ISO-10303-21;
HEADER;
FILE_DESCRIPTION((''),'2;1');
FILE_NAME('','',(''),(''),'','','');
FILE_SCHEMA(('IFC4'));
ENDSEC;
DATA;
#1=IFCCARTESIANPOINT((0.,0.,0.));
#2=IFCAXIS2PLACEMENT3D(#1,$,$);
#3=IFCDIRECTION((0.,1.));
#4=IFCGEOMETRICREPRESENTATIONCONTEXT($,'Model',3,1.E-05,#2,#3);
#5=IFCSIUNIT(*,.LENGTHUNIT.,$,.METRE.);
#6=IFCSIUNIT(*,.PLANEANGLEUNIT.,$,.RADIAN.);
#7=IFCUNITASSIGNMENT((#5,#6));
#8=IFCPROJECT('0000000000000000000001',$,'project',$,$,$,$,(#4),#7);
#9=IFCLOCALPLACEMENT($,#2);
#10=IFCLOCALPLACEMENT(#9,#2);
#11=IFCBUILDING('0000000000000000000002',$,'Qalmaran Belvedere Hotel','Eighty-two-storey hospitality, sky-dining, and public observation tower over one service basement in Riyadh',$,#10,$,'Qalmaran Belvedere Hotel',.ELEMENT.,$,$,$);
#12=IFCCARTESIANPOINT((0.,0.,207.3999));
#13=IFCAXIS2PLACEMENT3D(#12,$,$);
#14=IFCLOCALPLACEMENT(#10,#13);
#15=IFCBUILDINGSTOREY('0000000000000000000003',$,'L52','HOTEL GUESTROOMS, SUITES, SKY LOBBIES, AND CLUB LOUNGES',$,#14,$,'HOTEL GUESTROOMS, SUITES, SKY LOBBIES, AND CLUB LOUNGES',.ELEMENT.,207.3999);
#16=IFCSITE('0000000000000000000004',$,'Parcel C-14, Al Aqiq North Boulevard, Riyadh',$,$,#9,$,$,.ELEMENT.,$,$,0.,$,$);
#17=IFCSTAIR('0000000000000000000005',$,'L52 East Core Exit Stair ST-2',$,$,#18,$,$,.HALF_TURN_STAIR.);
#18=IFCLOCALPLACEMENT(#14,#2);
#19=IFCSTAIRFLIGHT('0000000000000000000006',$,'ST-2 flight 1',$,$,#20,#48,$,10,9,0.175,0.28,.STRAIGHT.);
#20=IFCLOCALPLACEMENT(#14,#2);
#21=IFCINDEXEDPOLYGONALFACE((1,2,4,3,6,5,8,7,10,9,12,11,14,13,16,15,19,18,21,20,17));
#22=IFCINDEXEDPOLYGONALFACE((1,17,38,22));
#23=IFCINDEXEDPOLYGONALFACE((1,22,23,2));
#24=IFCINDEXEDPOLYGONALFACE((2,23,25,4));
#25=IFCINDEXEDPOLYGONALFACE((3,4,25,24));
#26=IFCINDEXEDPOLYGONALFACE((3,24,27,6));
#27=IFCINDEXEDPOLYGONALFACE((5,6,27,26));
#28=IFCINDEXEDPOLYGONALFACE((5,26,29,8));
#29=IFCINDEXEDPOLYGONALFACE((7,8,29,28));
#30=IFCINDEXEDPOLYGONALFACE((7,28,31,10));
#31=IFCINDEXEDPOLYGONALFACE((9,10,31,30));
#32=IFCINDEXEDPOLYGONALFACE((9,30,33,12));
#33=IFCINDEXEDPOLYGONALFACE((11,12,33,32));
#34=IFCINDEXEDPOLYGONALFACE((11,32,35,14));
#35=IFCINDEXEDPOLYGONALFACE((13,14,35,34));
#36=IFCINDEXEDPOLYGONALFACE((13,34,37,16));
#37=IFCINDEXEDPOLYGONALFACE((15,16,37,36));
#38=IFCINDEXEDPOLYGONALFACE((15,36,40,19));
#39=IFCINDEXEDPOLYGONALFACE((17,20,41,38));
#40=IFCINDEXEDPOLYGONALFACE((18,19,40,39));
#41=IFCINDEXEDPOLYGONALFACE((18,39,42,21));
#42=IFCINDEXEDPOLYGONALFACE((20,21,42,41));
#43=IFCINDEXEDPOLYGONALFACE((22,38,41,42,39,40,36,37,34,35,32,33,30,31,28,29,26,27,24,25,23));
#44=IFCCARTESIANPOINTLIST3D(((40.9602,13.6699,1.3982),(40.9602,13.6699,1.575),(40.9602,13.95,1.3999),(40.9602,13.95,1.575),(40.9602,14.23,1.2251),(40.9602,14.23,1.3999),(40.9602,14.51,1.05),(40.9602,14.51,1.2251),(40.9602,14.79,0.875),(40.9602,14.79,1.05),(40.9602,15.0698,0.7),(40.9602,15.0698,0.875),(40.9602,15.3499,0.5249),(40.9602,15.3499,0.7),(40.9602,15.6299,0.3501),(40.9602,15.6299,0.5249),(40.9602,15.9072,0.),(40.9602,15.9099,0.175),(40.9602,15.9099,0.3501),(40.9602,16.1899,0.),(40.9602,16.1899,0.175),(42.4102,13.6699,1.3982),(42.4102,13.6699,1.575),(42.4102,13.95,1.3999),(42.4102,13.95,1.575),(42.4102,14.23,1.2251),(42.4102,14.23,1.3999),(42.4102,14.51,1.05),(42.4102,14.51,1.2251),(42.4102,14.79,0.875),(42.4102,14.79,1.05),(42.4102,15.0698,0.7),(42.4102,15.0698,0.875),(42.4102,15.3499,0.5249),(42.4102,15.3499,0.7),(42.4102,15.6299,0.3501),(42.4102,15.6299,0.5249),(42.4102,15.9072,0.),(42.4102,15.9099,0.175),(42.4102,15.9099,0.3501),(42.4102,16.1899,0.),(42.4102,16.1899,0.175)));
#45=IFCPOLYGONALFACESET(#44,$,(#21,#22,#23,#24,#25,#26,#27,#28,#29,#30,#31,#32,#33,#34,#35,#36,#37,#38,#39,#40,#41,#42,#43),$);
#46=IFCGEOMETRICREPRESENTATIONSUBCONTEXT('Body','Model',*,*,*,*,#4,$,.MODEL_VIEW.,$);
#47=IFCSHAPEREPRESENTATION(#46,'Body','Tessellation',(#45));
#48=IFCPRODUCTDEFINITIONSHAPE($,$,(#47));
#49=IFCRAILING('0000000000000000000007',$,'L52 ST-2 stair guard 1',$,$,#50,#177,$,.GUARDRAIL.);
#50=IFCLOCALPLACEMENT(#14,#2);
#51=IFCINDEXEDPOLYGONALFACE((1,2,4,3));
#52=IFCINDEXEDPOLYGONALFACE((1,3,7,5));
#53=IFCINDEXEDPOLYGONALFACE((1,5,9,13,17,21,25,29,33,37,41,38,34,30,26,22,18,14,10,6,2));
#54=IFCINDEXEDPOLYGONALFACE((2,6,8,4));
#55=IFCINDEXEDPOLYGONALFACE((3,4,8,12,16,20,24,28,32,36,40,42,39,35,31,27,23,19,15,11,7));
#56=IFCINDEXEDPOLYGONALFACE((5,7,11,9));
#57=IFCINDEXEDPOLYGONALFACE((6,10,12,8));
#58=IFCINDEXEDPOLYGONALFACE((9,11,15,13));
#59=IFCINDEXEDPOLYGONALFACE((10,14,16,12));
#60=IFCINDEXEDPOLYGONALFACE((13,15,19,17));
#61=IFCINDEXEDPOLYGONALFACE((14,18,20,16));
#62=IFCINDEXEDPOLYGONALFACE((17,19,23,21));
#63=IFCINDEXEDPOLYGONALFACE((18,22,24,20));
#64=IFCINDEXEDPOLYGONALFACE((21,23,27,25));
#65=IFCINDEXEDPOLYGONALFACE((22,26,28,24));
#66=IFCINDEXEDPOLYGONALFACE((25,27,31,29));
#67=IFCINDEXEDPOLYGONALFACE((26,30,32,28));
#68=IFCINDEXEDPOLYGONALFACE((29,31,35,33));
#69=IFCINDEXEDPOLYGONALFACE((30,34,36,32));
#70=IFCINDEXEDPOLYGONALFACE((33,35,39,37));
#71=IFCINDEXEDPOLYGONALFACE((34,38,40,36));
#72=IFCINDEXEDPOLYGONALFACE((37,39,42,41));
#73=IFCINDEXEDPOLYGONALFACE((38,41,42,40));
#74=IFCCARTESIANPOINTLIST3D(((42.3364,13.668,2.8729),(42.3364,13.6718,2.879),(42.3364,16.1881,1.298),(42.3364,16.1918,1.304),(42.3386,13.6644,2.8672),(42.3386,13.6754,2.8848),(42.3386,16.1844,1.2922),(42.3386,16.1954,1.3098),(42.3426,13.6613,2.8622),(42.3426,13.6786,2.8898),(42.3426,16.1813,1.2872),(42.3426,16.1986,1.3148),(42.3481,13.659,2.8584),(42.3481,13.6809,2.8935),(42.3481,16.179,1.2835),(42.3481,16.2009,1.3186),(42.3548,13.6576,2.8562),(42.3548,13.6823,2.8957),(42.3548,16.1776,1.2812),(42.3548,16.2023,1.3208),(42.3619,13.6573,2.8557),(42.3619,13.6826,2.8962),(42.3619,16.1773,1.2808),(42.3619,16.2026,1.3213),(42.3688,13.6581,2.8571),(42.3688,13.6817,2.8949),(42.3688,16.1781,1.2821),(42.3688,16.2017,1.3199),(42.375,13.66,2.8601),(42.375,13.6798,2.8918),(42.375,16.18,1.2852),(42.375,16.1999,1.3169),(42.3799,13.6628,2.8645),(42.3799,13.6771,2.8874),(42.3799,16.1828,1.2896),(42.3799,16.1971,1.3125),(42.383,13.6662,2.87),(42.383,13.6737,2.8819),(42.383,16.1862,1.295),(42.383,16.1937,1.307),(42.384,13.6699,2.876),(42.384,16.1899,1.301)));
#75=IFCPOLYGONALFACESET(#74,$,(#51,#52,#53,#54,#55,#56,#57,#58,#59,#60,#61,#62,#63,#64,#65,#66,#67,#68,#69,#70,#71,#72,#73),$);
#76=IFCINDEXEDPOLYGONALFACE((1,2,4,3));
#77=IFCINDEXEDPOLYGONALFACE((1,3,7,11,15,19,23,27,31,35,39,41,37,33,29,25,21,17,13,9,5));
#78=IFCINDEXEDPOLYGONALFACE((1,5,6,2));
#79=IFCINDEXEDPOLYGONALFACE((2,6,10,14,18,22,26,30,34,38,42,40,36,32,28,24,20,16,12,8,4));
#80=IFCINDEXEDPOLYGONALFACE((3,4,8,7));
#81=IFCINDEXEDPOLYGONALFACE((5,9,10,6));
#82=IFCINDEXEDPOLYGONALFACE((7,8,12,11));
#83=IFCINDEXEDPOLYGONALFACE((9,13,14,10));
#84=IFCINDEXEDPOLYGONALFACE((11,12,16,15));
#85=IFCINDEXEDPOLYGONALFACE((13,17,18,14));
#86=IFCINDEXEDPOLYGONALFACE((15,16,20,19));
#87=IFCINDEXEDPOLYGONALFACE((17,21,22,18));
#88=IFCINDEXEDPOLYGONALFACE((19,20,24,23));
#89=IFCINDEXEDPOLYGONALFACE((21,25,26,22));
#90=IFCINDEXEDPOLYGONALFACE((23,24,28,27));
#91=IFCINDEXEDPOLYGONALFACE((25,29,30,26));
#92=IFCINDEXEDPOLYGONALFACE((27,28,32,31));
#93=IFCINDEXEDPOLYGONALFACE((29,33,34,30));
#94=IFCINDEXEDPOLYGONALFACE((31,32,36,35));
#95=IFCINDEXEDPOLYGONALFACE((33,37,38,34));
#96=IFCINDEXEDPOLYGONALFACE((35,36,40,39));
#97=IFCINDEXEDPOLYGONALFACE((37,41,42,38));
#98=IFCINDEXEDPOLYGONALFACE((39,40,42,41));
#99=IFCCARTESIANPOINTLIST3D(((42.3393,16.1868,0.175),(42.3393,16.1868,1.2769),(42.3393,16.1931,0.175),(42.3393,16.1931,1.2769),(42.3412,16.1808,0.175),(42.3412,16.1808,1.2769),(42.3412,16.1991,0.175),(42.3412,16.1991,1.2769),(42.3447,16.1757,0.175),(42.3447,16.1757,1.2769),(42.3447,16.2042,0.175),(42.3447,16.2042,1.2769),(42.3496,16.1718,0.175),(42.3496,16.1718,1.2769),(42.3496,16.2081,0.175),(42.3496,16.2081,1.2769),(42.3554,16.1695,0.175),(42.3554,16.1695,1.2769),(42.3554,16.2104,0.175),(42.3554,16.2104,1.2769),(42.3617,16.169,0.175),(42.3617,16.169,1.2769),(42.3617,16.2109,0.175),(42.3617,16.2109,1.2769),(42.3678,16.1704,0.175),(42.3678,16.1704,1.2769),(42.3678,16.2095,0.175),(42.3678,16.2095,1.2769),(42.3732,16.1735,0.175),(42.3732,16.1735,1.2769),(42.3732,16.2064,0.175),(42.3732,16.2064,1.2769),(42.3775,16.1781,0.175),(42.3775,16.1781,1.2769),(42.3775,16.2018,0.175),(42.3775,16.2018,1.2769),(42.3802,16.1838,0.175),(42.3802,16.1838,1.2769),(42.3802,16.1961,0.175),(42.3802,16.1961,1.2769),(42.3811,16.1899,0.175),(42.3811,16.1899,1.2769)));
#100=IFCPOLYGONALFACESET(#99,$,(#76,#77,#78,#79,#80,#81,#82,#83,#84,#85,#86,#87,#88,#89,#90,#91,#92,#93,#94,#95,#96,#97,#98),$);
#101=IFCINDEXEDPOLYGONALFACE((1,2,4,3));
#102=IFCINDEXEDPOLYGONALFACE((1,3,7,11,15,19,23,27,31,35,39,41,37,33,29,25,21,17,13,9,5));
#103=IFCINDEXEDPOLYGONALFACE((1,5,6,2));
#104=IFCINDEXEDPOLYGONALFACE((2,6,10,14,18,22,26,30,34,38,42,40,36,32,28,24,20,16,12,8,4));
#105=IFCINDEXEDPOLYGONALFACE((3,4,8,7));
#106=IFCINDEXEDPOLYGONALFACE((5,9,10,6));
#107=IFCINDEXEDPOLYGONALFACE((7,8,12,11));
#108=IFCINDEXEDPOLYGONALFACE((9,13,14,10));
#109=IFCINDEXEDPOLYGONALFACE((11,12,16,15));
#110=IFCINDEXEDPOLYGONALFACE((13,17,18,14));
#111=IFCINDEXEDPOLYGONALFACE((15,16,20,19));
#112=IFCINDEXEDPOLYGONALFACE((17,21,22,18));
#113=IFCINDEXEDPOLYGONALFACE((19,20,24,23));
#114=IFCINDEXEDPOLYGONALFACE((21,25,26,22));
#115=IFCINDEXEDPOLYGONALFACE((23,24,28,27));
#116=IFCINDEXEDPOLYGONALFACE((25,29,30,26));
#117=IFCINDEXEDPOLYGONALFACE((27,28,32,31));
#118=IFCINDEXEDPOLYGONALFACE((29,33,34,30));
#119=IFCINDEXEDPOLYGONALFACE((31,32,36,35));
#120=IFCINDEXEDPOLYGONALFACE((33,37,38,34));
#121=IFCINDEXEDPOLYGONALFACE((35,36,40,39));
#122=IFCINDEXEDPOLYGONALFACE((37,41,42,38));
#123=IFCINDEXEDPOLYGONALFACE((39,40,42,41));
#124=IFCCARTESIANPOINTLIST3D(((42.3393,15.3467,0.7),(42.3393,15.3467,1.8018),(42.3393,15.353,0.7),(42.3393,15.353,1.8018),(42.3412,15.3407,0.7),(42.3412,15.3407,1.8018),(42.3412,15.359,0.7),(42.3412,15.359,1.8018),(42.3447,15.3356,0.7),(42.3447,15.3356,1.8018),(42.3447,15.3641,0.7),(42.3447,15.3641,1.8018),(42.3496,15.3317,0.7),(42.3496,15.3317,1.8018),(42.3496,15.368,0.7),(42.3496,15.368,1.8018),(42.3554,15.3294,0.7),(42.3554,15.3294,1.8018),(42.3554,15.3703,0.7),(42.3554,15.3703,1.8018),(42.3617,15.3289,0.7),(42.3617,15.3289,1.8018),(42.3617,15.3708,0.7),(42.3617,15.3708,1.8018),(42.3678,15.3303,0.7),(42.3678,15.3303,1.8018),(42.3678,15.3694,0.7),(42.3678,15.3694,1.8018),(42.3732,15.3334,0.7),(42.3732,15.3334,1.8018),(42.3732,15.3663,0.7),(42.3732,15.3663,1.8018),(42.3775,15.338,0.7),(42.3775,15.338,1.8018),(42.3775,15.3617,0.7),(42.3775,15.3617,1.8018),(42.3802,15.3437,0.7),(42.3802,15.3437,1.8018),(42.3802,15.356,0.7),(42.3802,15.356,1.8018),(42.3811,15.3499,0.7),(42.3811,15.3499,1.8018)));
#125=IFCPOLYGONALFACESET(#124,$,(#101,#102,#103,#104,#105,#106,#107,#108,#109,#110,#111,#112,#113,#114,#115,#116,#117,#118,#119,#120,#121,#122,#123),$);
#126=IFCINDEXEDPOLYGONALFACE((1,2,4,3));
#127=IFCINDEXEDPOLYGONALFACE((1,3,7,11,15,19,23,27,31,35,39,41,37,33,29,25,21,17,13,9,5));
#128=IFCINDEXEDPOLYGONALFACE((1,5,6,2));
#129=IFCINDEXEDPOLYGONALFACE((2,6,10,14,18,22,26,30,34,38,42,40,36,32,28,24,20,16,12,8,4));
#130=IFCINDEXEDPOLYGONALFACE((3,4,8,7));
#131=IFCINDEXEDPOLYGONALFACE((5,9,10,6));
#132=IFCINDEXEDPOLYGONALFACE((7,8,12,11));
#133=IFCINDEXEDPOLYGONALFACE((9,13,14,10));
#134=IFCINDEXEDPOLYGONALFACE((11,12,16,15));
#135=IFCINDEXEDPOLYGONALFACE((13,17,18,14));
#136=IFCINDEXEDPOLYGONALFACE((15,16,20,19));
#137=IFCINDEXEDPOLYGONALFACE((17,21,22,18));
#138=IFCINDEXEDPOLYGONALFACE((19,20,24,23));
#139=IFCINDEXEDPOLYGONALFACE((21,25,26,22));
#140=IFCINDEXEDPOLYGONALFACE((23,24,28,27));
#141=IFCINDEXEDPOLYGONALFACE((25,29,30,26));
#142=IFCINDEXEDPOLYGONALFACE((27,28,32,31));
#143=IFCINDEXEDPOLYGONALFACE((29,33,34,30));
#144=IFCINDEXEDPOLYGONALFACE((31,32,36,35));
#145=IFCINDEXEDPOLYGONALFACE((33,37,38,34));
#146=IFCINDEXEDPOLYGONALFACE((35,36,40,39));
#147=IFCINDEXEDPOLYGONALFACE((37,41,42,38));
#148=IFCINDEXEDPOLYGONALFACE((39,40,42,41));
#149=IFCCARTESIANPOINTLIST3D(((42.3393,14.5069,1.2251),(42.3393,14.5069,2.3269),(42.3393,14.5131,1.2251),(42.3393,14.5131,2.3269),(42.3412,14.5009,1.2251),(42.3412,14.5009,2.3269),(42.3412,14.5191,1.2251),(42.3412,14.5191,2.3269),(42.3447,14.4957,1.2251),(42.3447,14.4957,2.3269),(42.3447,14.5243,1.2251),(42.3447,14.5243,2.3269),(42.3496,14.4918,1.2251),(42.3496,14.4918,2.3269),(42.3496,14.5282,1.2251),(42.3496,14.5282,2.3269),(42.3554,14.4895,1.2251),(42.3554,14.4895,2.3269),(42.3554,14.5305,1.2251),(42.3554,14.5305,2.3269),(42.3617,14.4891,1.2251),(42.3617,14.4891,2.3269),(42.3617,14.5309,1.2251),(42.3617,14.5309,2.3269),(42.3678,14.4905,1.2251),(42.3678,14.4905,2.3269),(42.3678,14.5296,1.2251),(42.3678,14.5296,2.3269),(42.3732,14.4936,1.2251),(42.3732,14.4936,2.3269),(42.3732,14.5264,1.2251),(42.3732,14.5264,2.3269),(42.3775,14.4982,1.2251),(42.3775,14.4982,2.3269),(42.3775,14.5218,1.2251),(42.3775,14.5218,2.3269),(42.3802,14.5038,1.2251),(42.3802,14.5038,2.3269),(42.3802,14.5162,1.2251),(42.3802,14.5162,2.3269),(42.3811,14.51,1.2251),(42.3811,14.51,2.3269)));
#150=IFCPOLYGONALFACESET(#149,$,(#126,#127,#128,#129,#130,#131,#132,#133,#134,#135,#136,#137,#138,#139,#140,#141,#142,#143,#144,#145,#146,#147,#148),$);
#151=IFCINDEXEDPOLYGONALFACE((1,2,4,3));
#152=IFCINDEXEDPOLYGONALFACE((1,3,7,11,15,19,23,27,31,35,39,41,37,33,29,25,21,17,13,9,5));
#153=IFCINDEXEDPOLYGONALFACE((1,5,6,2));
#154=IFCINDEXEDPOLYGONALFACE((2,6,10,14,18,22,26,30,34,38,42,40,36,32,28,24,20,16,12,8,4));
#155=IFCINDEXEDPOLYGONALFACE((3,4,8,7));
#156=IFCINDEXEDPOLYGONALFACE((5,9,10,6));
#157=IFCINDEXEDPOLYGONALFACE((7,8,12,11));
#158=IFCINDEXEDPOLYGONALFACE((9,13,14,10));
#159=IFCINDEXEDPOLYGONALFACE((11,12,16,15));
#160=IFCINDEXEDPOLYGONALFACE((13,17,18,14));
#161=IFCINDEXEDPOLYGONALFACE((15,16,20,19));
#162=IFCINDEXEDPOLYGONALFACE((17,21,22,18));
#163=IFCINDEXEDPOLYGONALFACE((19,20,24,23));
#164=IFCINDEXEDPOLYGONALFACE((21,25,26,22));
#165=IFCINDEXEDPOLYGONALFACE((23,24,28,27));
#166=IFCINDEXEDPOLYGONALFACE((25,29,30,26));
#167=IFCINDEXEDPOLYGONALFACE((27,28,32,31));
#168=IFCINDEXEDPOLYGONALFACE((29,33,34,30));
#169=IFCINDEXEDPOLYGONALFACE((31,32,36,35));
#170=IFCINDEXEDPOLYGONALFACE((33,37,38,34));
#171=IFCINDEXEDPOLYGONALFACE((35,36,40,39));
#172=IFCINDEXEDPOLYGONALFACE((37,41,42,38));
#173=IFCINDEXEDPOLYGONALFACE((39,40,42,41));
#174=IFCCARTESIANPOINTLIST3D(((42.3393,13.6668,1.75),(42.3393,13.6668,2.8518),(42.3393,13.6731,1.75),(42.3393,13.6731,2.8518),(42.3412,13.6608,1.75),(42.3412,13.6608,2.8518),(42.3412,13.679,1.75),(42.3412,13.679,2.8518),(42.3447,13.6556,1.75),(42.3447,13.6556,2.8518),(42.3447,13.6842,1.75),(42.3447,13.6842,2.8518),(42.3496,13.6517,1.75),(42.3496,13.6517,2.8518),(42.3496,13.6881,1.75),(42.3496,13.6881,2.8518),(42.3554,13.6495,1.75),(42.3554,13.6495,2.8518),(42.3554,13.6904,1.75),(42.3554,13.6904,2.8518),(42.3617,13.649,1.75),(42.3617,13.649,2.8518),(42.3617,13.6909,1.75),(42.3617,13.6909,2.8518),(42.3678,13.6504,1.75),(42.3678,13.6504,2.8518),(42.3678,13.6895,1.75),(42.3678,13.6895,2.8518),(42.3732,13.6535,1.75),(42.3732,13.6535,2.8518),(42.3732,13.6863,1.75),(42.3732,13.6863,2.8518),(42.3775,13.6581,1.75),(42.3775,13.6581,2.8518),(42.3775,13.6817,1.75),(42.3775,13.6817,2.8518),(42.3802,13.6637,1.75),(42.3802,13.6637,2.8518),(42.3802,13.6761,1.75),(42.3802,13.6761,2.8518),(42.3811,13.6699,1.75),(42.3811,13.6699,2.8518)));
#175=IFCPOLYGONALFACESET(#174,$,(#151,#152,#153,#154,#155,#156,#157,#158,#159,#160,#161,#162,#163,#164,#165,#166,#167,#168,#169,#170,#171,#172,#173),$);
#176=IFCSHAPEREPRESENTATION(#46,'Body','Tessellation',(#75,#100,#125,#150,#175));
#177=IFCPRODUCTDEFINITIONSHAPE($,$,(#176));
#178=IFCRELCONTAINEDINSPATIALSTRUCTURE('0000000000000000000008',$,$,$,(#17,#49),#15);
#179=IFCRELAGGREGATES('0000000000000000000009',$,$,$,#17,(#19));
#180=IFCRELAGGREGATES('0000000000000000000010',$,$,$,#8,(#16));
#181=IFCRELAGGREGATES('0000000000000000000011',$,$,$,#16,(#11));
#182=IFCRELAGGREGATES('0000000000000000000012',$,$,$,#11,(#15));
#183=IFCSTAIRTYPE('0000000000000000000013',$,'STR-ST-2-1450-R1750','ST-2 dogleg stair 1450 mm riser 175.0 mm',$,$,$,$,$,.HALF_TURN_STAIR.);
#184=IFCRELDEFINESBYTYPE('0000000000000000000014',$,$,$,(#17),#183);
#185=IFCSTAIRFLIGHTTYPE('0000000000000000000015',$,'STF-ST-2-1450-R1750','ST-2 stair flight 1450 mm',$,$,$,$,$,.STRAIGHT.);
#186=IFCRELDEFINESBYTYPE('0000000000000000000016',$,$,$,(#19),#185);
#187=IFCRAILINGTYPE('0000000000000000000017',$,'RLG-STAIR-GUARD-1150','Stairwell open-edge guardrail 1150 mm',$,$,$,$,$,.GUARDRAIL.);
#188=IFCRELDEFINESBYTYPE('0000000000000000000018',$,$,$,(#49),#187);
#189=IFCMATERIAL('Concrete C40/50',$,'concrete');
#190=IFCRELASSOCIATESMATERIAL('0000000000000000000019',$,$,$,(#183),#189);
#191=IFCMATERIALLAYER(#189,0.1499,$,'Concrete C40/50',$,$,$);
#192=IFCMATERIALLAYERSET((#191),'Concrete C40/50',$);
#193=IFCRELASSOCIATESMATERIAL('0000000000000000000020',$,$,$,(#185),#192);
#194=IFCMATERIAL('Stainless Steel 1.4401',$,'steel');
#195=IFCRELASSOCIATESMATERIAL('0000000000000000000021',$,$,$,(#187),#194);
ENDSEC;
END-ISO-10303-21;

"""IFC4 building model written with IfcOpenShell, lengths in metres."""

from ifc_helpers import new_model, si_unit, direction, frame, origin, origin_2d, place, context, subcontext, project, spatial, polyline, circle, outline, extrude, material, layer, layer_set, type_object, element, aggregate, save


model = new_model("IFC4")

# Units and contexts
model_context = context("Model", 3, precision=1e-05, world=origin(), true_north=direction((0.0, 1.0)))
body_context = subcontext(model_context, "Body", "Model", "MODEL_VIEW")
ifc_project = project(units=[si_unit("LENGTHUNIT", "METRE"), si_unit("PLANEANGLEUNIT", "RADIAN")], contexts=[model_context])

# Site, building, storey
site_placement = place(None, origin())
site = spatial("IfcSite", under=ifc_project, at=site_placement, Name="Parcel C-14, Al Aqiq North Boulevard, Riyadh", CompositionType="ELEMENT", RefElevation=0.0)
building_placement = place(site_placement, origin())
building = spatial("IfcBuilding", under=site, at=building_placement, Name="Qalmaran Belvedere Hotel", Description="Eighty-two-storey hospitality, sky-dining, and public observation tower over one service basement in Riyadh", LongName="Qalmaran Belvedere Hotel", CompositionType="ELEMENT")
storey_placement = place(building_placement, frame((0.0, 0.0, 207.3999)))
storey = spatial("IfcBuildingStorey", under=building, at=storey_placement, Name="L52", Description="HOTEL GUESTROOMS, SUITES, SKY LOBBIES, AND CLUB LOUNGES", LongName="HOTEL GUESTROOMS, SUITES, SKY LOBBIES, AND CLUB LOUNGES", CompositionType="ELEMENT", Elevation=207.3999)

# Shared definitions
ifc_material_1 = material(Name="Stainless Steel 1.4401", Category="steel")

# Stair, stair flight
ifc_material_2 = material(Name="Concrete C40/50", Category="concrete")
stair_type = type_object("IfcStairType", Name="STR-ST-2-1450-R1750", Description="ST-2 dogleg stair 1450 mm riser 175.0 mm", PredefinedType="HALF_TURN_STAIR", material=ifc_material_2)
stair_placement = place(storey_placement, origin())
stair = element("IfcStair", 1, at=stair_placement, inside=storey, type_object=stair_type, Name="L52 East Core Exit Stair ST-2", PredefinedType="HALF_TURN_STAIR")
ifc_layer_1 = layer(ifc_material_2, 0.1499, Name="Concrete C40/50")
ifc_layer_set_1 = layer_set([ifc_layer_1], Name="Concrete C40/50")
stair_flight_type = type_object("IfcStairFlightType", Name="STF-ST-2-1450-R1750", Description="ST-2 stair flight 1450 mm", PredefinedType="STRAIGHT", material=ifc_layer_set_1)
stair_flight_placement = place(storey_placement, frame((41.6851, 16.1899, 0.0), z_axis=(0.0, 0.0, 1.0), x_axis=(0.0, -1.0, 0.0)))
stair_flight = element("IfcStairFlight", 2, at=stair_flight_placement, type_object=stair_flight_type, Name="ST-2 flight 1", NumberOfRisers=10, NumberOfTreads=9, PredefinedType="STRAIGHT", RiserHeight=0.175, TreadLength=0.28, context=body_context, shape_type="SweptSolid", body=[
    extrude(outline(polyline([(0.0, 0.0), (0.0, 0.175), (0.28, 0.175), (0.28, 0.3501), (0.5601, 0.3501), (0.5601, 0.5249), (0.8401, 0.5249), (0.8401, 0.7), (1.1201, 0.7), (1.1201, 0.875), (1.3999, 0.875), (1.3999, 1.05), (1.6799, 1.05), (1.6799, 1.2251), (1.96, 1.2251), (1.96, 1.3999), (2.24, 1.3999), (2.24, 1.575), (2.52, 1.575), (2.52, 1.75), (2.52, 1.3982), (0.2827, 0.0), (0.0, 0.0)])), frame((0.0, 0.7251, 0.0), z_axis=(0.0, -1.0, 0.0), x_axis=(1.0, 0.0, 0.0)), (0.0, 0.0, 1.0), 1.45),
])
aggregate(stair, [stair_flight])

# Railing
railing_type_1 = type_object("IfcRailingType", Name="RLG-STAIR-GUARD-1150", Description="Stairwell open-edge guardrail 1150 mm", PredefinedType="GUARDRAIL", material=ifc_material_1)
railing_1_placement = place(storey_placement, frame((42.3601, 16.1899, 0.175)))
element("IfcRailing", 3, at=railing_1_placement, inside=storey, type_object=railing_type_1, Name="L52 ST-2 stair guard 1", PredefinedType="GUARDRAIL", context=body_context, shape_type="SweptSolid", body=[
    extrude(circle(Radius=0.0239, at=origin_2d()), frame((0.0, 0.0, 1.126), z_axis=(0.0, -0.848008, 0.529984), x_axis=(1.0, 0.0, 0.0)), (0.0, 0.0, 1.0), 2.9717),
    extrude(circle(Radius=0.021, at=origin_2d()), origin(), (0.0, 0.0, 1.0), 1.1018),
    extrude(circle(Radius=0.021, at=origin_2d()), frame((0.0, -0.8401, 0.5249)), (0.0, 0.0, 1.0), 1.1018),
    extrude(circle(Radius=0.021, at=origin_2d()), frame((0.0, -1.6799, 1.05)), (0.0, 0.0, 1.0), 1.1018),
    extrude(circle(Radius=0.021, at=origin_2d()), frame((0.0, -2.52, 1.575)), (0.0, 0.0, 1.0), 1.1018),
])

save(model, "model.ifc")
